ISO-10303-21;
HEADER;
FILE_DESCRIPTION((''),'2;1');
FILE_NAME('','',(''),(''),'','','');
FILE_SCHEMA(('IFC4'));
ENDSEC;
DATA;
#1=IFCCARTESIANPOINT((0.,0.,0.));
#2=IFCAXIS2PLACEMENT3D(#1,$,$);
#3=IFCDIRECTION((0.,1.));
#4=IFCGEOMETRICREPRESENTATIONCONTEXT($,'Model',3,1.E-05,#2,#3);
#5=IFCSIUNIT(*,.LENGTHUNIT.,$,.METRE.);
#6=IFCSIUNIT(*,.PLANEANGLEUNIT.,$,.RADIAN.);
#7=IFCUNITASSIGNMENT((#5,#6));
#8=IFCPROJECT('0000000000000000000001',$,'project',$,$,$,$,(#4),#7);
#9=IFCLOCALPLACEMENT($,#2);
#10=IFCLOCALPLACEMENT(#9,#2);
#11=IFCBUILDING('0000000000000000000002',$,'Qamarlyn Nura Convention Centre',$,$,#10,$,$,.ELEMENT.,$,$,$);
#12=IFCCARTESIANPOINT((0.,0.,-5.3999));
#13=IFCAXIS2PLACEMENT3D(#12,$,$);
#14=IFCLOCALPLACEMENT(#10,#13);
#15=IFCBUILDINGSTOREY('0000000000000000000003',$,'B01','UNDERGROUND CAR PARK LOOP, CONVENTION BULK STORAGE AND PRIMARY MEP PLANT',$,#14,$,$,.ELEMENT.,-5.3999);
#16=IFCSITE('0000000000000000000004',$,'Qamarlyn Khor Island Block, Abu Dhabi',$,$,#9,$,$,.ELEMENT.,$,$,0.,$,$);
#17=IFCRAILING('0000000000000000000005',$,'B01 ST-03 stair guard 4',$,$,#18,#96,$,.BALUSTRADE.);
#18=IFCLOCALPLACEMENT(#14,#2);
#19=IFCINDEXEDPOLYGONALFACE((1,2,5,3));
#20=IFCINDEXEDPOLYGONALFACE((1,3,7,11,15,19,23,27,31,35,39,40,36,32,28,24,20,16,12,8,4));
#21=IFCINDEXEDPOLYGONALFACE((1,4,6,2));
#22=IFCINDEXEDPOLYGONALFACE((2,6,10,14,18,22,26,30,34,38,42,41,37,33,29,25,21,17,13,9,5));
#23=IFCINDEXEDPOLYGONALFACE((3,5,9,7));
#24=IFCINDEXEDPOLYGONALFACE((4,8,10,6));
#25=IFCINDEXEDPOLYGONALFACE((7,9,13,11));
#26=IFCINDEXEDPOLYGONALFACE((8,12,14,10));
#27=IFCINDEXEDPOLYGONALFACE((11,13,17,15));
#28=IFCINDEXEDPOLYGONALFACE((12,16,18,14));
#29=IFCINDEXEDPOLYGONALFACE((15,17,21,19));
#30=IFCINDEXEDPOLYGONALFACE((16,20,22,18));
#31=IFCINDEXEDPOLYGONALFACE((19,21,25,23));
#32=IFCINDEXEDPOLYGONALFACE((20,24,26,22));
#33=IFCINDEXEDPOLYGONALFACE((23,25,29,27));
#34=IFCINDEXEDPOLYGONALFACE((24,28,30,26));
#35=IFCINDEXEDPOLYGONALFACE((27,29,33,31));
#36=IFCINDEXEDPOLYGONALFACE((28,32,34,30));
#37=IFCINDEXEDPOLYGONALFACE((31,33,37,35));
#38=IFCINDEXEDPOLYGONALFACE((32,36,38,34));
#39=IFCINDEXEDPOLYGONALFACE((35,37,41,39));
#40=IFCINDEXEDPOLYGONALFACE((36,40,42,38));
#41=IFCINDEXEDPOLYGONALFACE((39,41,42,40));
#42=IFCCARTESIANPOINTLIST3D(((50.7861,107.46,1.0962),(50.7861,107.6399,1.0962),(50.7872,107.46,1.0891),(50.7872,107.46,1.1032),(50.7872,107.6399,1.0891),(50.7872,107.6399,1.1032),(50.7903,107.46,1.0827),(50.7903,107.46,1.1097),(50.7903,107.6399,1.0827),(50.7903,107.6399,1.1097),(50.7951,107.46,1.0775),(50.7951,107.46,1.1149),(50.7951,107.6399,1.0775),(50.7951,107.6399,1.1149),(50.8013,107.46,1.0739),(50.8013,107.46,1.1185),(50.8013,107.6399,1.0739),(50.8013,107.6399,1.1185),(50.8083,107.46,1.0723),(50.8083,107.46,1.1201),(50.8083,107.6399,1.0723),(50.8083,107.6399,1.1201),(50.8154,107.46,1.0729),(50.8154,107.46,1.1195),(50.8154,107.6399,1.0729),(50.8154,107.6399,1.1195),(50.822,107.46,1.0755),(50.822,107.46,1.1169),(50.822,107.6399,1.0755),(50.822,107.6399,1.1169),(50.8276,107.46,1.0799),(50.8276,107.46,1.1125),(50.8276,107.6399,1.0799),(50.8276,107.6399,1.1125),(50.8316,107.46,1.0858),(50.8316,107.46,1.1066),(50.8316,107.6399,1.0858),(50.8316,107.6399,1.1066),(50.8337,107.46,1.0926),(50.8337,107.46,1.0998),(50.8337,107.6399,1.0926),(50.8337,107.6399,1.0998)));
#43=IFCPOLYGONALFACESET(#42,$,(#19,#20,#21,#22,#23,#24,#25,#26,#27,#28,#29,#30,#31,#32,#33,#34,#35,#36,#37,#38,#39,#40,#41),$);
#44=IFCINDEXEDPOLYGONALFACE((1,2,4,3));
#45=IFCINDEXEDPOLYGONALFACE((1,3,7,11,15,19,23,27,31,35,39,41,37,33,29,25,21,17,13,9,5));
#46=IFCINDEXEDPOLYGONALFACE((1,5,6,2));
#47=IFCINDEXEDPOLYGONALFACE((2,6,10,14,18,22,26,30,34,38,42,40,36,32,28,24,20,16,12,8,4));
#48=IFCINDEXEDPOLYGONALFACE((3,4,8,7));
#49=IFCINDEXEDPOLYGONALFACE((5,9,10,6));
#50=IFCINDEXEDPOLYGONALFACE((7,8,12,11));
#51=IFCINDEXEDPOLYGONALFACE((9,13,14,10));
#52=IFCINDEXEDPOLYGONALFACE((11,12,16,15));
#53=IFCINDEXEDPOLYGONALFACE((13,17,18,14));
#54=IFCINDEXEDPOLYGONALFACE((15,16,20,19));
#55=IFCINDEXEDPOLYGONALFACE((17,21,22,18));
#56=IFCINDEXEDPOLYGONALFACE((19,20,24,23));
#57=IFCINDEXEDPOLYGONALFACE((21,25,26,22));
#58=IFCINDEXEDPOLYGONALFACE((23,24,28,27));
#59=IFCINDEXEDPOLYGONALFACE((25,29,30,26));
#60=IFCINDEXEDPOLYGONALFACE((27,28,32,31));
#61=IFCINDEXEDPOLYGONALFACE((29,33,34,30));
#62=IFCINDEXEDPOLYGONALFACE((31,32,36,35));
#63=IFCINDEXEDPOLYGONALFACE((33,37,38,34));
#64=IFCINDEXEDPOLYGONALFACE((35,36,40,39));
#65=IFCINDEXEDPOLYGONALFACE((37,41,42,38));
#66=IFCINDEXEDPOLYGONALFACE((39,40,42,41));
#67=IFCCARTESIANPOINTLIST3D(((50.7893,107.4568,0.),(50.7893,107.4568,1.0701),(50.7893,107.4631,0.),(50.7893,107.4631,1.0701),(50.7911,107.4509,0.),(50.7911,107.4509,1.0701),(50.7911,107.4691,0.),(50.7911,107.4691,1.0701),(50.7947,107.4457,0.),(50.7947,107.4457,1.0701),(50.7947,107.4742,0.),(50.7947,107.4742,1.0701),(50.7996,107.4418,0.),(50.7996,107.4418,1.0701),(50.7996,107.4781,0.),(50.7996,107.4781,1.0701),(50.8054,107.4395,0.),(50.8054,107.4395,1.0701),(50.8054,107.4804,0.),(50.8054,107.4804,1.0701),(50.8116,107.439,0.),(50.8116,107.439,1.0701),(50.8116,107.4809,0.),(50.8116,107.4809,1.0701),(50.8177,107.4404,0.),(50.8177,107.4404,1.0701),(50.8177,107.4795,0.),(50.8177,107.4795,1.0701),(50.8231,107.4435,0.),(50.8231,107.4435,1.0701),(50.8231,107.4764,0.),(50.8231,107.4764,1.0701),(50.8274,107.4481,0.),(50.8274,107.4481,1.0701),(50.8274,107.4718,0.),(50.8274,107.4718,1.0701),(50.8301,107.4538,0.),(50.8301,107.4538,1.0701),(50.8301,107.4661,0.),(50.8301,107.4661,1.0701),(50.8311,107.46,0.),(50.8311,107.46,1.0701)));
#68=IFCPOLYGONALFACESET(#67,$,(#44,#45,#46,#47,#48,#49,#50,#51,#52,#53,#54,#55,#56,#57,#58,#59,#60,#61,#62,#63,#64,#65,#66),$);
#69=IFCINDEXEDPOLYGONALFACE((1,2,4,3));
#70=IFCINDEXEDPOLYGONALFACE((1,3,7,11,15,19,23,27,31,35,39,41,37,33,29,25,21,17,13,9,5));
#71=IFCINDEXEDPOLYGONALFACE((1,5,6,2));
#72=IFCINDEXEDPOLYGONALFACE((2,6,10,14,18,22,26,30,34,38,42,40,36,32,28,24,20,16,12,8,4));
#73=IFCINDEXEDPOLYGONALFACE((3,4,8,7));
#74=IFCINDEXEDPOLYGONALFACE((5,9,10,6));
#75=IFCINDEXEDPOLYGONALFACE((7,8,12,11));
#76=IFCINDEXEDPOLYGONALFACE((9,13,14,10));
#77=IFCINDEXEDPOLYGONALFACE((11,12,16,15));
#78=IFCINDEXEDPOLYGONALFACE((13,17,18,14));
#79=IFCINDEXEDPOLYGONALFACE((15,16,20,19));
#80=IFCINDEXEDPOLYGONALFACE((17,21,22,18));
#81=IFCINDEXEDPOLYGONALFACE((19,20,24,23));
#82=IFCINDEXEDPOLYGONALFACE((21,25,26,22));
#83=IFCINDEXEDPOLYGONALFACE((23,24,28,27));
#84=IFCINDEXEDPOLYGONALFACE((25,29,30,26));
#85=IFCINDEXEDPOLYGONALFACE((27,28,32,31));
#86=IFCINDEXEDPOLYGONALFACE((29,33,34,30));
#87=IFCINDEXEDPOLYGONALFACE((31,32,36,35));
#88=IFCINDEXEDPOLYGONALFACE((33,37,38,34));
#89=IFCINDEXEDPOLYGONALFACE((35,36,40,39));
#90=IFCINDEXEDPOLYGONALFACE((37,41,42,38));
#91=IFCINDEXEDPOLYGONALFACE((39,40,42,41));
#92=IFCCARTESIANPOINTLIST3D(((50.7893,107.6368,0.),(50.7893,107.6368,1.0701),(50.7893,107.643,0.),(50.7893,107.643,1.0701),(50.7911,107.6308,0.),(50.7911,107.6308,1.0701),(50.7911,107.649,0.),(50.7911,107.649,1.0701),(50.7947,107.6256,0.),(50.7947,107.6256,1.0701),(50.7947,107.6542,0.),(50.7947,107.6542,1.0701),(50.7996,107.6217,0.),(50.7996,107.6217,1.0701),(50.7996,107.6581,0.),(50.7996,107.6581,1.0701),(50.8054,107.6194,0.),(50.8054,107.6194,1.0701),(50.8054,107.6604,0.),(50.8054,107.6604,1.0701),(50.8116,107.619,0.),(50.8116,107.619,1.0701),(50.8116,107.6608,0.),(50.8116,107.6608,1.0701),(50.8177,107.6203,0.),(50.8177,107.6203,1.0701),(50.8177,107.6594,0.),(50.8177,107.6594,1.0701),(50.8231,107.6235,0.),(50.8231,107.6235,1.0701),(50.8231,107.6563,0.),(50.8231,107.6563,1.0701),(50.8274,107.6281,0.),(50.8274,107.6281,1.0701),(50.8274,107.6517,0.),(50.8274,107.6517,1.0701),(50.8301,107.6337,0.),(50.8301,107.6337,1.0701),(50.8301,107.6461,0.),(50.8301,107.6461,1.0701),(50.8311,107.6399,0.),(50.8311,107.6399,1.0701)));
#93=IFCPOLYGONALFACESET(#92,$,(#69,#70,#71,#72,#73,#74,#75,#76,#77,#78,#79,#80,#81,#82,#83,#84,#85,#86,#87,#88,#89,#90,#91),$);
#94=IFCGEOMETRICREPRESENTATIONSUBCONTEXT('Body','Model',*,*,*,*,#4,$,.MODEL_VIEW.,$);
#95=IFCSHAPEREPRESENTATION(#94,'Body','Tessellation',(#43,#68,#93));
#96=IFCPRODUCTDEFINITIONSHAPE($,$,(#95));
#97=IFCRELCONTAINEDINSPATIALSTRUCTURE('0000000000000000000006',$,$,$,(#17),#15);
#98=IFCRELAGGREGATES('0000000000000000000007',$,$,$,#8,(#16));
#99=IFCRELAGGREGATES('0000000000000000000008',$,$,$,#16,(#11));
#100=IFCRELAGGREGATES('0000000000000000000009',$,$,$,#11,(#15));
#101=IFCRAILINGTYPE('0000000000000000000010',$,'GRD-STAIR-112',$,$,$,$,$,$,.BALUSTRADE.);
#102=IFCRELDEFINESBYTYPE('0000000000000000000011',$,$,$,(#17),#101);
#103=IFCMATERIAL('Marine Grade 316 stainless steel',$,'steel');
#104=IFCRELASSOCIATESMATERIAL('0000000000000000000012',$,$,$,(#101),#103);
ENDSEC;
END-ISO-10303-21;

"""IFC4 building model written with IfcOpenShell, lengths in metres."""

from ifc_helpers import new_model, si_unit, direction, frame, origin, origin_2d, place, context, subcontext, project, spatial, circle, extrude, material, type_object, element, save


model = new_model("IFC4")

# Units and contexts
model_context = context("Model", 3, precision=1e-05, world=origin(), true_north=direction((0.0, 1.0)))
body_context = subcontext(model_context, "Body", "Model", "MODEL_VIEW")
ifc_project = project(units=[si_unit("LENGTHUNIT", "METRE"), si_unit("PLANEANGLEUNIT", "RADIAN")], contexts=[model_context])

# Site, building, storey
site_placement = place(None, origin())
site = spatial("IfcSite", under=ifc_project, at=site_placement, Name="Qamarlyn Khor Island Block, Abu Dhabi", CompositionType="ELEMENT", RefElevation=0.0)
building_placement = place(site_placement, origin())
building = spatial("IfcBuilding", under=site, at=building_placement, Name="Qamarlyn Nura Convention Centre", CompositionType="ELEMENT")
storey_placement = place(building_placement, frame((0.0, 0.0, -5.3999)))
storey = spatial("IfcBuildingStorey", under=building, at=storey_placement, Name="B01", Description="UNDERGROUND CAR PARK LOOP, CONVENTION BULK STORAGE AND PRIMARY MEP PLANT", CompositionType="ELEMENT", Elevation=-5.3999)

# Railing
ifc_material_1 = material(Name="Marine Grade 316 stainless steel", Category="steel")
railing_type_1 = type_object("IfcRailingType", Name="GRD-STAIR-112", PredefinedType="BALUSTRADE", material=ifc_material_1)
railing_1_placement = place(storey_placement, frame((50.8101, 107.46, 0.0)))
element("IfcRailing", 1, at=railing_1_placement, inside=storey, type_object=railing_type_1, Name="B01 ST-03 stair guard 4", PredefinedType="BALUSTRADE", context=body_context, shape_type="SweptSolid", body=[
    extrude(circle(Radius=0.0239, at=origin_2d()), frame((0.0, 0.0, 1.0962), z_axis=(0.0, 1.0, 0.0), x_axis=(-1.0, 0.0, 0.0)), (0.0, 0.0, 1.0), 0.1799),
    extrude(circle(Radius=0.021, at=origin_2d()), origin(), (0.0, 0.0, 1.0), 1.0701),
    extrude(circle(Radius=0.021, at=origin_2d()), frame((0.0, 0.1799, 0.0)), (0.0, 0.0, 1.0), 1.0701),
])

save(model, "model.ifc")
